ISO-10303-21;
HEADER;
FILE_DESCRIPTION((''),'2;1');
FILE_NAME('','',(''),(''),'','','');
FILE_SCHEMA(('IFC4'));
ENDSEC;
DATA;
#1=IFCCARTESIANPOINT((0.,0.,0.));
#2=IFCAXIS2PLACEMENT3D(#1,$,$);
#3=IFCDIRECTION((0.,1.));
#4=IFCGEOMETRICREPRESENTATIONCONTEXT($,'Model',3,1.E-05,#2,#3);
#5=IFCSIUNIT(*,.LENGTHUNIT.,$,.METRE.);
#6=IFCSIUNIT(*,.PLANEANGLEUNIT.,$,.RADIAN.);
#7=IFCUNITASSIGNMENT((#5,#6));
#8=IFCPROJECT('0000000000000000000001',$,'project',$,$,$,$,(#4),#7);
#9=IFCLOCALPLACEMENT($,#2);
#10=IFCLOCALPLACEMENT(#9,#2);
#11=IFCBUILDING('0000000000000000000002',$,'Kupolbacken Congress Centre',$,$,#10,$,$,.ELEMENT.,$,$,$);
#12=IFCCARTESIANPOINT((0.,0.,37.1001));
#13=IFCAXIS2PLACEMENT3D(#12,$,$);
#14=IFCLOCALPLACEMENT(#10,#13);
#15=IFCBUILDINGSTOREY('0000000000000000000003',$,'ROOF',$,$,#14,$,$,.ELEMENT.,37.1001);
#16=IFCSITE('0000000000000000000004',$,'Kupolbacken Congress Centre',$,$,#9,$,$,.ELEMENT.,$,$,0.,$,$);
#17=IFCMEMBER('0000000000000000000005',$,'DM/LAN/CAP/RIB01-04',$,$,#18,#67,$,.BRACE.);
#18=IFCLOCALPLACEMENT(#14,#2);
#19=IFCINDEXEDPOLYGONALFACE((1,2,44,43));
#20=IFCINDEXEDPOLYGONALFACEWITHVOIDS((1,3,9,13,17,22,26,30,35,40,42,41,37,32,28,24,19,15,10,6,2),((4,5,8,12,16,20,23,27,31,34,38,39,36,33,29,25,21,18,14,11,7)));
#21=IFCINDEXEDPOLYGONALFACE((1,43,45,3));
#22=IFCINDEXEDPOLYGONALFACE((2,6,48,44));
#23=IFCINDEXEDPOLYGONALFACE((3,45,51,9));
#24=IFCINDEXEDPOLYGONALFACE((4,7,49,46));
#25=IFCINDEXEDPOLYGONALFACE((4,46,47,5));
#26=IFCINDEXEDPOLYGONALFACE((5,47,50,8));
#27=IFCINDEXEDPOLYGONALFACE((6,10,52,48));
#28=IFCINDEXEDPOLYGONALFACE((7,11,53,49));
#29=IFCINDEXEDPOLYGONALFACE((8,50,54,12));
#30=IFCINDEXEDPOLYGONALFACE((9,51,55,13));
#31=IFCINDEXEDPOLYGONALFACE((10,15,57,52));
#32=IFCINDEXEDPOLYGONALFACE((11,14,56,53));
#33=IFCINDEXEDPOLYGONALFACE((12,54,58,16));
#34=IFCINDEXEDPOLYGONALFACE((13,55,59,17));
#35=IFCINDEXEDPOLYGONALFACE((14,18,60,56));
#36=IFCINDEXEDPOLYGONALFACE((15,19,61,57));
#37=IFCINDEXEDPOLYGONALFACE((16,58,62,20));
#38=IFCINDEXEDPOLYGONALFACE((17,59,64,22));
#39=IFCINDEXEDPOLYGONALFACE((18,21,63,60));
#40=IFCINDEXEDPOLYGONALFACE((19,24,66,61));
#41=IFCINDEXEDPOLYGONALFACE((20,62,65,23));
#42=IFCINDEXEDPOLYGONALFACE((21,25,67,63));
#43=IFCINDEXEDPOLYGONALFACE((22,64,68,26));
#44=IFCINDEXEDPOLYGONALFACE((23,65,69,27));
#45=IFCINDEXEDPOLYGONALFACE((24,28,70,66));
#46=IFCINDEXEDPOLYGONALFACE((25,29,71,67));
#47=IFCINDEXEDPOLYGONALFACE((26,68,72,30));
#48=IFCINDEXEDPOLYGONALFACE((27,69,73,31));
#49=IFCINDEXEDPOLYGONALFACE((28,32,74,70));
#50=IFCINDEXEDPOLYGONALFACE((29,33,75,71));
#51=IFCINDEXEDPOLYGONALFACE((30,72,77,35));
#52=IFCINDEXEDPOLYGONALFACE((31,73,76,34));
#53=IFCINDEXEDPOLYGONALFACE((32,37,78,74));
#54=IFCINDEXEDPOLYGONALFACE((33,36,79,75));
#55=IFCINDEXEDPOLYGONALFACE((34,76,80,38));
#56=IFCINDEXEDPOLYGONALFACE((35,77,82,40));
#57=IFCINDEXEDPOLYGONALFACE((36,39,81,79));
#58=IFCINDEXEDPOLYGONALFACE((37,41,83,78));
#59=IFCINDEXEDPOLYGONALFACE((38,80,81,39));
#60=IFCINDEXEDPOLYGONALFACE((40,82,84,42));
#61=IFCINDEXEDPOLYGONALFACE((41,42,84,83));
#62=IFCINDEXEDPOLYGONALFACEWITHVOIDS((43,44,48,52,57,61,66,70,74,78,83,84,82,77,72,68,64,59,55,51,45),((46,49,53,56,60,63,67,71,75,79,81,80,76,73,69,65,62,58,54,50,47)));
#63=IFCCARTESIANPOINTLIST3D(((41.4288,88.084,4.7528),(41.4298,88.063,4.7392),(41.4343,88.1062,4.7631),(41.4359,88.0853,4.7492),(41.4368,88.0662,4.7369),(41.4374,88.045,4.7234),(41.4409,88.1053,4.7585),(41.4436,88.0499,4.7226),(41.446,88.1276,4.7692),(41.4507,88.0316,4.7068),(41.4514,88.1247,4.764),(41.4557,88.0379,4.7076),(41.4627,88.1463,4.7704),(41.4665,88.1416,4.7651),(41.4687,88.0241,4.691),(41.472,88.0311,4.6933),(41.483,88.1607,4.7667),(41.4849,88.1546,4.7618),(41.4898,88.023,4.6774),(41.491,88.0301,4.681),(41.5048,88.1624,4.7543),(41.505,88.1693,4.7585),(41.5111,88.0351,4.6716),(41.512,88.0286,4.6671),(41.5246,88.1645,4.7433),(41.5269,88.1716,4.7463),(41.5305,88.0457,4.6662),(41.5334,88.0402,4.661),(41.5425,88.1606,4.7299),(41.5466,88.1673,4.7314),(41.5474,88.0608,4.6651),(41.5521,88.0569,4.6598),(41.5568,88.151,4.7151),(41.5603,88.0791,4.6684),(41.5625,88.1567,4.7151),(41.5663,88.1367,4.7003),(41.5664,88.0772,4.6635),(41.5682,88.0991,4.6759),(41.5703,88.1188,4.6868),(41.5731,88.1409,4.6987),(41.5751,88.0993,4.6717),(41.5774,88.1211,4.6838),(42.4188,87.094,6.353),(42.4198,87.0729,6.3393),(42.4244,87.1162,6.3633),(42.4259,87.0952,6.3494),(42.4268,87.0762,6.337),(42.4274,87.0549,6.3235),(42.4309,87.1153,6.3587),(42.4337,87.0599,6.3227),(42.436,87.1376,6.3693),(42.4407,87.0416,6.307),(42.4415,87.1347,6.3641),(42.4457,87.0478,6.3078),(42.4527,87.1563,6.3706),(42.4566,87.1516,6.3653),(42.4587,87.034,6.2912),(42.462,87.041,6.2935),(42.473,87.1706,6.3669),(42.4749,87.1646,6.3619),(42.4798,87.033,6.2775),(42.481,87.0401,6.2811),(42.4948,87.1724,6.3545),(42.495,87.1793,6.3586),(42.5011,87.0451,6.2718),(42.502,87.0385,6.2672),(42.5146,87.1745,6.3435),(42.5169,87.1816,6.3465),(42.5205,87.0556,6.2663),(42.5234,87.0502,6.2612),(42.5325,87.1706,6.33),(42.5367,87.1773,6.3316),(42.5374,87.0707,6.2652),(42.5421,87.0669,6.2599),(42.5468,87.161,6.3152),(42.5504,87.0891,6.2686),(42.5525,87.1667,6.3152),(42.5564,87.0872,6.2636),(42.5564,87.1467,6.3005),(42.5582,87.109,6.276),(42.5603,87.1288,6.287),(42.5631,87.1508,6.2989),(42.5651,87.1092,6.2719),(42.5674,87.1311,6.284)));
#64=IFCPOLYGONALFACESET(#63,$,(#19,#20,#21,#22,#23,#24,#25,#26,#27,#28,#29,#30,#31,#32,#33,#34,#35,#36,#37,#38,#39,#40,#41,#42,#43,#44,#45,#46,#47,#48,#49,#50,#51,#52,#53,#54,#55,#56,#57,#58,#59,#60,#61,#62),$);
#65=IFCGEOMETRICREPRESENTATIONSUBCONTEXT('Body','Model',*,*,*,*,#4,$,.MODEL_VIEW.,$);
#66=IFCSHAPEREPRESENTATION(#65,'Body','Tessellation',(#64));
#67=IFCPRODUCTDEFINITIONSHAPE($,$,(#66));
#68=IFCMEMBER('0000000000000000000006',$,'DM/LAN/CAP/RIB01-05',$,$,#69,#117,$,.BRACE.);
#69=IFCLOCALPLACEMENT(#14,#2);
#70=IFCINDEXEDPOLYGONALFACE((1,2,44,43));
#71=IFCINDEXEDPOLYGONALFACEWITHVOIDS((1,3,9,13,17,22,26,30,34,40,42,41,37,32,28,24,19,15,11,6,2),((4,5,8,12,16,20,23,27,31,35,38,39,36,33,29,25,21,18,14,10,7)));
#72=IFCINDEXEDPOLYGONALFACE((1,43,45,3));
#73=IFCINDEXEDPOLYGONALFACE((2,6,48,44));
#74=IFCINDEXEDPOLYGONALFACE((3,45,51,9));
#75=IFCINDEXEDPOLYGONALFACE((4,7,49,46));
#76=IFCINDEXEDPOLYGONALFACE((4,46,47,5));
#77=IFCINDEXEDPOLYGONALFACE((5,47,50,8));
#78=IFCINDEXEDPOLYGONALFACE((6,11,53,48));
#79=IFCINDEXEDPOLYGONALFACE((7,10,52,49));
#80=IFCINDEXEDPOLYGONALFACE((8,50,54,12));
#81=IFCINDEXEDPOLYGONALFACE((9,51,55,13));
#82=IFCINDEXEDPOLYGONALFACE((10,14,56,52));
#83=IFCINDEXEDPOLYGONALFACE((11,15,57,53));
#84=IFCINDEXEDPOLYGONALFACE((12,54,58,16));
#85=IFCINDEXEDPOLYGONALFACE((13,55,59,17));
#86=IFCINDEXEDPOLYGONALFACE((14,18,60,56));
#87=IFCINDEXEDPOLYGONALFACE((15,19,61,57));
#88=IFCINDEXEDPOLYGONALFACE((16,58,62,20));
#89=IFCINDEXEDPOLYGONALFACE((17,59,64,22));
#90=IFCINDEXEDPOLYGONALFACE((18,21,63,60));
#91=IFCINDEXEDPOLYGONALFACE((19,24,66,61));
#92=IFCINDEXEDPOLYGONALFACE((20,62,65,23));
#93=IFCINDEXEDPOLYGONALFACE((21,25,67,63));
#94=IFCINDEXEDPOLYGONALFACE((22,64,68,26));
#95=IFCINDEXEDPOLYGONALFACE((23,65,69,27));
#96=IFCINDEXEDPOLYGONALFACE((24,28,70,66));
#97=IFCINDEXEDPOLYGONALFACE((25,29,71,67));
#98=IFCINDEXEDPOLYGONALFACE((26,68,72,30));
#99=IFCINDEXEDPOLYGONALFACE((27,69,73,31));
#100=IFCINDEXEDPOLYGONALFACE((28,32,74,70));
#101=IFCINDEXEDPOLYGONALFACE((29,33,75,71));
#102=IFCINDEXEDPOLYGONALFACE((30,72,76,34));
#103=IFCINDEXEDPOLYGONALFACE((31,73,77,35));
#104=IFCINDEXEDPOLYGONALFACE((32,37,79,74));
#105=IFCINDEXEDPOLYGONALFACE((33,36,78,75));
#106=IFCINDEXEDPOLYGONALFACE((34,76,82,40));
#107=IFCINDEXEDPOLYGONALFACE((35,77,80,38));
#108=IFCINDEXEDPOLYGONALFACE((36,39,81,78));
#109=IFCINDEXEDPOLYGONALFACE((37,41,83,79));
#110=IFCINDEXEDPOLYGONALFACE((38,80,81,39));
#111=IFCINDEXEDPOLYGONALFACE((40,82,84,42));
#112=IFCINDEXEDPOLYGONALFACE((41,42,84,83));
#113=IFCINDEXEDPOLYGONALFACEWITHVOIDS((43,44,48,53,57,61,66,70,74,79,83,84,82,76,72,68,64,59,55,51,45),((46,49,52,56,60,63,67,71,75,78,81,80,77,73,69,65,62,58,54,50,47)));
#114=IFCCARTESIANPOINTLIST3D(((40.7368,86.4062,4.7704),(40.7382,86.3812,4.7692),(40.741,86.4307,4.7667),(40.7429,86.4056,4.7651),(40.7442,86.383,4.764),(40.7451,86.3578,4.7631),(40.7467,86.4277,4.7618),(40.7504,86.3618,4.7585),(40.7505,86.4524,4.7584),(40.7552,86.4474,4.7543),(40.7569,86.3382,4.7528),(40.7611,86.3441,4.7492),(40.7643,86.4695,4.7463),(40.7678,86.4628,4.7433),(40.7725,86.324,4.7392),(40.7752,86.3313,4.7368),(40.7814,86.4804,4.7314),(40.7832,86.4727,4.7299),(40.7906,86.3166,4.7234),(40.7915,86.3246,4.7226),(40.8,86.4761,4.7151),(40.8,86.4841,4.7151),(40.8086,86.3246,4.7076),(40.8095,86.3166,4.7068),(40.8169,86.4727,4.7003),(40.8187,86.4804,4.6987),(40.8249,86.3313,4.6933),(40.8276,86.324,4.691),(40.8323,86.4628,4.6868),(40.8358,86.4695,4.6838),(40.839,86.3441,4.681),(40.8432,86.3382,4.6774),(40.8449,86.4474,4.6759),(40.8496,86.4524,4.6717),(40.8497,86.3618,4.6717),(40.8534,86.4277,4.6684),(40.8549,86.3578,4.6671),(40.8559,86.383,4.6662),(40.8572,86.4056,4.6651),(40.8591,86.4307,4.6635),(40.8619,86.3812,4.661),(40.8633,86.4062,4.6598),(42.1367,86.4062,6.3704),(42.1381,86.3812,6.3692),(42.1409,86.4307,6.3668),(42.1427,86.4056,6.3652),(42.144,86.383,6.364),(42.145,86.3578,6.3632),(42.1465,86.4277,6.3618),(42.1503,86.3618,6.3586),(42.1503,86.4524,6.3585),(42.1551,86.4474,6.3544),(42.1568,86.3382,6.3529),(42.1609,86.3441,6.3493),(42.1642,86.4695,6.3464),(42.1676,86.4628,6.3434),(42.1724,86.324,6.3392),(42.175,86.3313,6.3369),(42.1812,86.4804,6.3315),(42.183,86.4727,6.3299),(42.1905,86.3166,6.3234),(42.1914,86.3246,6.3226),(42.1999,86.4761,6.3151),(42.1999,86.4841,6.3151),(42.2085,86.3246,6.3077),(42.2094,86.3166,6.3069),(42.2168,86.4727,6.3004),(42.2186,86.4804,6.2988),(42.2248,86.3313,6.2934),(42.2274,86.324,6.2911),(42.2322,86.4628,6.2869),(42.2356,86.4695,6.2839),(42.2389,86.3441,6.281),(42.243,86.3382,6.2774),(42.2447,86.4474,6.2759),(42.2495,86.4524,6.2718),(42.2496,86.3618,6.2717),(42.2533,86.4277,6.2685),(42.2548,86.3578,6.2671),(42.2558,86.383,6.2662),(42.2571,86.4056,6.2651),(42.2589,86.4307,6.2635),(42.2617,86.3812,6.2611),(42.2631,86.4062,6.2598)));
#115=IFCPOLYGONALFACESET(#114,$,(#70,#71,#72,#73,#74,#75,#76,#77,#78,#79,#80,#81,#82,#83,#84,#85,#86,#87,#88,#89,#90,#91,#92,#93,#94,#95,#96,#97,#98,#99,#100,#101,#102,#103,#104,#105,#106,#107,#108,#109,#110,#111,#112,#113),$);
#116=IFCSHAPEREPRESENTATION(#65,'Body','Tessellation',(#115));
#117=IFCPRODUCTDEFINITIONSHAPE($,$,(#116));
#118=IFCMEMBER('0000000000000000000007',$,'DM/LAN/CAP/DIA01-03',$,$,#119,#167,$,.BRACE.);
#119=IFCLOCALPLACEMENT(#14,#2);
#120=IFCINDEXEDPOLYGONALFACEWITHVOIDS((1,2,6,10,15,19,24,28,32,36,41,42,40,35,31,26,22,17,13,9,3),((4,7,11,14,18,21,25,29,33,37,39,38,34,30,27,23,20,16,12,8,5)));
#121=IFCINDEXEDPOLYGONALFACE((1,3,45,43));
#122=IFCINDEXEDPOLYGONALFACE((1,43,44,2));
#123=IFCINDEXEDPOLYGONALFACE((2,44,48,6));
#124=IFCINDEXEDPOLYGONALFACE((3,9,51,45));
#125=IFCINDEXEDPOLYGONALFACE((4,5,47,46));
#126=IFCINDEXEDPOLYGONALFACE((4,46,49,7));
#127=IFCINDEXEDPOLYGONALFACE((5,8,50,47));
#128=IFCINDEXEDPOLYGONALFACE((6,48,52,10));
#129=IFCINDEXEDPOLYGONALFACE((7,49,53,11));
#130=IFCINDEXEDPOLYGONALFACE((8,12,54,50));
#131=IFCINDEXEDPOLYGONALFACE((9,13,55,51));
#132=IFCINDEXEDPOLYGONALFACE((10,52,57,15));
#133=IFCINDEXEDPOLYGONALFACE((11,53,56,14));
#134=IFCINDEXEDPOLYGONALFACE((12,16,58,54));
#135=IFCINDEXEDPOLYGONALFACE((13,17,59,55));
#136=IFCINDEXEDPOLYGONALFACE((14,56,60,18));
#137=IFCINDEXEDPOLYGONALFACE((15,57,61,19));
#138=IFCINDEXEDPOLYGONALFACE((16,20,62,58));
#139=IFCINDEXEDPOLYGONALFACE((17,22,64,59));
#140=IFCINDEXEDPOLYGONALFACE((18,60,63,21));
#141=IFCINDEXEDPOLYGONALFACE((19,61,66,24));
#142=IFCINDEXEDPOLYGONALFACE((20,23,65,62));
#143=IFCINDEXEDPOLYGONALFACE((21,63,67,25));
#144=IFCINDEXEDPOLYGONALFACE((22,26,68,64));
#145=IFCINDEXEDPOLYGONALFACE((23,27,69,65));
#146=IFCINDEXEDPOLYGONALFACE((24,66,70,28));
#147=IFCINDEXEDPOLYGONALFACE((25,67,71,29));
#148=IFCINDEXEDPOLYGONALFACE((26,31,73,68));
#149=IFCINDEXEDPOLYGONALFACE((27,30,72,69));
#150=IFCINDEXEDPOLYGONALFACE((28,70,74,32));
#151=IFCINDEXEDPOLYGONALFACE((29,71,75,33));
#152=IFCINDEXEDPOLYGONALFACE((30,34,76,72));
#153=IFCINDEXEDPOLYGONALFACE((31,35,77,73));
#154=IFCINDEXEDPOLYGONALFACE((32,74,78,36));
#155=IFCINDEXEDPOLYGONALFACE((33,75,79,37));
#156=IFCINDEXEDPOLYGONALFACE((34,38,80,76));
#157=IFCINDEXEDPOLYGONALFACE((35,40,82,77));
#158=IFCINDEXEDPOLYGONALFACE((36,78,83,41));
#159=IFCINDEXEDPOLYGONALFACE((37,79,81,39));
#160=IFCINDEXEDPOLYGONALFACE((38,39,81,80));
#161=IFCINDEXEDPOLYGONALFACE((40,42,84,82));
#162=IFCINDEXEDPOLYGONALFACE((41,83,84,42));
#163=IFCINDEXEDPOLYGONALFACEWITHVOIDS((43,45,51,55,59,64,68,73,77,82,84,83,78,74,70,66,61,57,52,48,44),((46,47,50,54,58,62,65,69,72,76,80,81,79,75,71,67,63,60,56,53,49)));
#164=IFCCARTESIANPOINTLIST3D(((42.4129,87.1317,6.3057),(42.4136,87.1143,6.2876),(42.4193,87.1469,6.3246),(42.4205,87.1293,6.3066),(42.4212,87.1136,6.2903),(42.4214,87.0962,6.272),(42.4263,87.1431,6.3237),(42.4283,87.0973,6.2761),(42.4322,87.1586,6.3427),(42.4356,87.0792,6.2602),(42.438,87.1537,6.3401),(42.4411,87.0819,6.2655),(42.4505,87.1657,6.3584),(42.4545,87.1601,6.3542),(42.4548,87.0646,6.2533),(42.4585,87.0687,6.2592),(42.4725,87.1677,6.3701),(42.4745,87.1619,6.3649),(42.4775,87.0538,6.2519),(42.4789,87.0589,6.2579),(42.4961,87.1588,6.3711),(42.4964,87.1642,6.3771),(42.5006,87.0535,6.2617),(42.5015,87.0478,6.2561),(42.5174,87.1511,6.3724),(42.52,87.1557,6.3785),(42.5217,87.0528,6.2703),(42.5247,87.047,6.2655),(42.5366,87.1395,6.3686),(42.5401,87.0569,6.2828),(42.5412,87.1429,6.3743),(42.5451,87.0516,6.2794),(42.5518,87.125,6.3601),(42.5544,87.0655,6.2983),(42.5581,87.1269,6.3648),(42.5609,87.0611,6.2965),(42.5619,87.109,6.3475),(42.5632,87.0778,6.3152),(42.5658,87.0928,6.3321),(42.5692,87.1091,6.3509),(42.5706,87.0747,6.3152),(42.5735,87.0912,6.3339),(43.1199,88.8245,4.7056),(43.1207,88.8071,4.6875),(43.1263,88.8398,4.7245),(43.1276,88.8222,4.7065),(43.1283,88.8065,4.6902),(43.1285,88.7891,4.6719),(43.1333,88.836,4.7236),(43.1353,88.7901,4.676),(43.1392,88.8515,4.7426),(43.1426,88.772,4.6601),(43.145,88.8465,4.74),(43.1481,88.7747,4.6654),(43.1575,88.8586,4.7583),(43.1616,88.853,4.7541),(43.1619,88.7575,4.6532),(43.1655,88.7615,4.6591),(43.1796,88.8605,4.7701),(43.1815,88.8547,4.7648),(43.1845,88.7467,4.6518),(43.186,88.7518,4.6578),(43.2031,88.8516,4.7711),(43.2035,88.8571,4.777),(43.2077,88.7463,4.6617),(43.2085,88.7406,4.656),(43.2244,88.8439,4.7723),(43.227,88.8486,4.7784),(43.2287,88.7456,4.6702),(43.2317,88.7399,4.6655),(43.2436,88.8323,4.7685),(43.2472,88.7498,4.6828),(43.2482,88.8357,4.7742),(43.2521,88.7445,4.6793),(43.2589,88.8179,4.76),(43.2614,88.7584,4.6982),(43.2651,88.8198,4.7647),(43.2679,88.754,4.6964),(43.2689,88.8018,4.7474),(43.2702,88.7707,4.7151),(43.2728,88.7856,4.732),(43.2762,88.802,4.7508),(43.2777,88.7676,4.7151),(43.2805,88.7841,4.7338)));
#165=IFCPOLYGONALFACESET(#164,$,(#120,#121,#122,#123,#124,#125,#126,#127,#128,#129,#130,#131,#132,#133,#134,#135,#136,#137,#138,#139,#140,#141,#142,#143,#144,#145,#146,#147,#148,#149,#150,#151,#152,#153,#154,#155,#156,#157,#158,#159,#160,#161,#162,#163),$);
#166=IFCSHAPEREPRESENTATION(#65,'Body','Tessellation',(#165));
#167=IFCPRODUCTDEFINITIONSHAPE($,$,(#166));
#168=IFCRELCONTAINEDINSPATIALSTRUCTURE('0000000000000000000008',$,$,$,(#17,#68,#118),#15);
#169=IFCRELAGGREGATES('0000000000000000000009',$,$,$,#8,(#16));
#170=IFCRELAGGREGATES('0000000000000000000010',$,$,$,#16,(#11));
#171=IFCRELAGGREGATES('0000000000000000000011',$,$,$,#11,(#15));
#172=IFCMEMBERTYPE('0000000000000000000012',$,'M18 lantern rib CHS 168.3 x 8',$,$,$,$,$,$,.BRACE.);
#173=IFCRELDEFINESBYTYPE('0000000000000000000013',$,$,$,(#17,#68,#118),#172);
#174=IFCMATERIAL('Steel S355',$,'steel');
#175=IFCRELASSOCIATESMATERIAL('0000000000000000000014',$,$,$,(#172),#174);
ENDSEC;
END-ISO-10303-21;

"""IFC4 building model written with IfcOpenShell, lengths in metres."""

from ifc_helpers import new_model, si_unit, direction, frame, origin, origin_2d, place, context, subcontext, project, spatial, hollow_circle, extrude, material, material_profile, profile_set, type_object, element, save


model = new_model("IFC4")

# Units and contexts
model_context = context("Model", 3, precision=1e-05, world=origin(), true_north=direction((0.0, 1.0)))
body_context = subcontext(model_context, "Body", "Model", "MODEL_VIEW")
ifc_project = project(units=[si_unit("LENGTHUNIT", "METRE"), si_unit("PLANEANGLEUNIT", "RADIAN")], contexts=[model_context])

# Site, building, storey
site_placement = place(None, origin())
site = spatial("IfcSite", under=ifc_project, at=site_placement, Name="Kupolbacken Congress Centre", CompositionType="ELEMENT", RefElevation=0.0)
building_placement = place(site_placement, origin())
building = spatial("IfcBuilding", under=site, at=building_placement, Name="Kupolbacken Congress Centre", CompositionType="ELEMENT")
storey_placement = place(building_placement, frame((0.0, 0.0, 37.1001)))
storey = spatial("IfcBuildingStorey", under=building, at=storey_placement, Name="ROOF", CompositionType="ELEMENT", Elevation=37.1001)

# Members
ifc_material_1 = material(Name="Steel S355", Category="steel")
ifc_material_profile_1 = material_profile(ifc_material_1, hollow_circle(Radius=0.0842, WallThickness=0.0081, at=origin_2d()), Name="CHS 168.3 x 8")
ifc_profile_set_1 = profile_set([ifc_material_profile_1], Name="Steel S355")
member_type_1 = type_object("IfcMemberType", Name="M18 lantern rib CHS 168.3 x 8", PredefinedType="BRACE", material=ifc_profile_set_1)
for number, where, z_axis, x_axis, name in (
    (1, (41.5029, 88.0972, 4.7151), (0.465628, -0.465628, 0.752583), (0.707107, 0.707107, 0.0), "DM/LAN/CAP/RIB01-04"),
):
    element("IfcMember", number, at=place(storey_placement, frame(where, z_axis=z_axis, x_axis=x_axis)), inside=storey, type_object=member_type_1, Name=name, PredefinedType="BRACE", context=body_context, shape_type="SweptSolid", body=[
        extrude(hollow_circle(Radius=0.0842, WallThickness=0.0081, at=origin_2d()), origin(), (0.0, 0.0, 1.0), 2.1262),
    ])
member_1_placement = place(storey_placement, frame((40.8, 86.3999, 4.7151), z_axis=(0.658456, 0.0, 0.752619), x_axis=(0.0, 1.0, 0.0)))
element("IfcMember", 2, at=member_1_placement, inside=storey, type_object=member_type_1, Name="DM/LAN/CAP/RIB01-05", PredefinedType="BRACE", context=body_context, shape_type="SweptSolid", body=[
    extrude(hollow_circle(Radius=0.0842, WallThickness=0.0081, at=origin_2d()), origin(), (0.0, 0.0, 1.0), 2.126),
])
for number, where, z_axis, x_axis, name in (
    (3, (43.2, 88.8, 4.7151), (-0.29044, -0.695412, 0.657302), (0.922754, -0.38539, 0.0), "DM/LAN/CAP/DIA01-03"),
):
    element("IfcMember", number, at=place(storey_placement, frame(where, z_axis=z_axis, x_axis=x_axis)), inside=storey, type_object=member_type_1, Name=name, PredefinedType="BRACE", context=body_context, shape_type="SweptSolid", body=[
        extrude(hollow_circle(Radius=0.0842, WallThickness=0.0081, at=origin_2d()), origin(), (0.0, 0.0, 1.0), 2.4343),
    ])

save(model, "model.ifc")
